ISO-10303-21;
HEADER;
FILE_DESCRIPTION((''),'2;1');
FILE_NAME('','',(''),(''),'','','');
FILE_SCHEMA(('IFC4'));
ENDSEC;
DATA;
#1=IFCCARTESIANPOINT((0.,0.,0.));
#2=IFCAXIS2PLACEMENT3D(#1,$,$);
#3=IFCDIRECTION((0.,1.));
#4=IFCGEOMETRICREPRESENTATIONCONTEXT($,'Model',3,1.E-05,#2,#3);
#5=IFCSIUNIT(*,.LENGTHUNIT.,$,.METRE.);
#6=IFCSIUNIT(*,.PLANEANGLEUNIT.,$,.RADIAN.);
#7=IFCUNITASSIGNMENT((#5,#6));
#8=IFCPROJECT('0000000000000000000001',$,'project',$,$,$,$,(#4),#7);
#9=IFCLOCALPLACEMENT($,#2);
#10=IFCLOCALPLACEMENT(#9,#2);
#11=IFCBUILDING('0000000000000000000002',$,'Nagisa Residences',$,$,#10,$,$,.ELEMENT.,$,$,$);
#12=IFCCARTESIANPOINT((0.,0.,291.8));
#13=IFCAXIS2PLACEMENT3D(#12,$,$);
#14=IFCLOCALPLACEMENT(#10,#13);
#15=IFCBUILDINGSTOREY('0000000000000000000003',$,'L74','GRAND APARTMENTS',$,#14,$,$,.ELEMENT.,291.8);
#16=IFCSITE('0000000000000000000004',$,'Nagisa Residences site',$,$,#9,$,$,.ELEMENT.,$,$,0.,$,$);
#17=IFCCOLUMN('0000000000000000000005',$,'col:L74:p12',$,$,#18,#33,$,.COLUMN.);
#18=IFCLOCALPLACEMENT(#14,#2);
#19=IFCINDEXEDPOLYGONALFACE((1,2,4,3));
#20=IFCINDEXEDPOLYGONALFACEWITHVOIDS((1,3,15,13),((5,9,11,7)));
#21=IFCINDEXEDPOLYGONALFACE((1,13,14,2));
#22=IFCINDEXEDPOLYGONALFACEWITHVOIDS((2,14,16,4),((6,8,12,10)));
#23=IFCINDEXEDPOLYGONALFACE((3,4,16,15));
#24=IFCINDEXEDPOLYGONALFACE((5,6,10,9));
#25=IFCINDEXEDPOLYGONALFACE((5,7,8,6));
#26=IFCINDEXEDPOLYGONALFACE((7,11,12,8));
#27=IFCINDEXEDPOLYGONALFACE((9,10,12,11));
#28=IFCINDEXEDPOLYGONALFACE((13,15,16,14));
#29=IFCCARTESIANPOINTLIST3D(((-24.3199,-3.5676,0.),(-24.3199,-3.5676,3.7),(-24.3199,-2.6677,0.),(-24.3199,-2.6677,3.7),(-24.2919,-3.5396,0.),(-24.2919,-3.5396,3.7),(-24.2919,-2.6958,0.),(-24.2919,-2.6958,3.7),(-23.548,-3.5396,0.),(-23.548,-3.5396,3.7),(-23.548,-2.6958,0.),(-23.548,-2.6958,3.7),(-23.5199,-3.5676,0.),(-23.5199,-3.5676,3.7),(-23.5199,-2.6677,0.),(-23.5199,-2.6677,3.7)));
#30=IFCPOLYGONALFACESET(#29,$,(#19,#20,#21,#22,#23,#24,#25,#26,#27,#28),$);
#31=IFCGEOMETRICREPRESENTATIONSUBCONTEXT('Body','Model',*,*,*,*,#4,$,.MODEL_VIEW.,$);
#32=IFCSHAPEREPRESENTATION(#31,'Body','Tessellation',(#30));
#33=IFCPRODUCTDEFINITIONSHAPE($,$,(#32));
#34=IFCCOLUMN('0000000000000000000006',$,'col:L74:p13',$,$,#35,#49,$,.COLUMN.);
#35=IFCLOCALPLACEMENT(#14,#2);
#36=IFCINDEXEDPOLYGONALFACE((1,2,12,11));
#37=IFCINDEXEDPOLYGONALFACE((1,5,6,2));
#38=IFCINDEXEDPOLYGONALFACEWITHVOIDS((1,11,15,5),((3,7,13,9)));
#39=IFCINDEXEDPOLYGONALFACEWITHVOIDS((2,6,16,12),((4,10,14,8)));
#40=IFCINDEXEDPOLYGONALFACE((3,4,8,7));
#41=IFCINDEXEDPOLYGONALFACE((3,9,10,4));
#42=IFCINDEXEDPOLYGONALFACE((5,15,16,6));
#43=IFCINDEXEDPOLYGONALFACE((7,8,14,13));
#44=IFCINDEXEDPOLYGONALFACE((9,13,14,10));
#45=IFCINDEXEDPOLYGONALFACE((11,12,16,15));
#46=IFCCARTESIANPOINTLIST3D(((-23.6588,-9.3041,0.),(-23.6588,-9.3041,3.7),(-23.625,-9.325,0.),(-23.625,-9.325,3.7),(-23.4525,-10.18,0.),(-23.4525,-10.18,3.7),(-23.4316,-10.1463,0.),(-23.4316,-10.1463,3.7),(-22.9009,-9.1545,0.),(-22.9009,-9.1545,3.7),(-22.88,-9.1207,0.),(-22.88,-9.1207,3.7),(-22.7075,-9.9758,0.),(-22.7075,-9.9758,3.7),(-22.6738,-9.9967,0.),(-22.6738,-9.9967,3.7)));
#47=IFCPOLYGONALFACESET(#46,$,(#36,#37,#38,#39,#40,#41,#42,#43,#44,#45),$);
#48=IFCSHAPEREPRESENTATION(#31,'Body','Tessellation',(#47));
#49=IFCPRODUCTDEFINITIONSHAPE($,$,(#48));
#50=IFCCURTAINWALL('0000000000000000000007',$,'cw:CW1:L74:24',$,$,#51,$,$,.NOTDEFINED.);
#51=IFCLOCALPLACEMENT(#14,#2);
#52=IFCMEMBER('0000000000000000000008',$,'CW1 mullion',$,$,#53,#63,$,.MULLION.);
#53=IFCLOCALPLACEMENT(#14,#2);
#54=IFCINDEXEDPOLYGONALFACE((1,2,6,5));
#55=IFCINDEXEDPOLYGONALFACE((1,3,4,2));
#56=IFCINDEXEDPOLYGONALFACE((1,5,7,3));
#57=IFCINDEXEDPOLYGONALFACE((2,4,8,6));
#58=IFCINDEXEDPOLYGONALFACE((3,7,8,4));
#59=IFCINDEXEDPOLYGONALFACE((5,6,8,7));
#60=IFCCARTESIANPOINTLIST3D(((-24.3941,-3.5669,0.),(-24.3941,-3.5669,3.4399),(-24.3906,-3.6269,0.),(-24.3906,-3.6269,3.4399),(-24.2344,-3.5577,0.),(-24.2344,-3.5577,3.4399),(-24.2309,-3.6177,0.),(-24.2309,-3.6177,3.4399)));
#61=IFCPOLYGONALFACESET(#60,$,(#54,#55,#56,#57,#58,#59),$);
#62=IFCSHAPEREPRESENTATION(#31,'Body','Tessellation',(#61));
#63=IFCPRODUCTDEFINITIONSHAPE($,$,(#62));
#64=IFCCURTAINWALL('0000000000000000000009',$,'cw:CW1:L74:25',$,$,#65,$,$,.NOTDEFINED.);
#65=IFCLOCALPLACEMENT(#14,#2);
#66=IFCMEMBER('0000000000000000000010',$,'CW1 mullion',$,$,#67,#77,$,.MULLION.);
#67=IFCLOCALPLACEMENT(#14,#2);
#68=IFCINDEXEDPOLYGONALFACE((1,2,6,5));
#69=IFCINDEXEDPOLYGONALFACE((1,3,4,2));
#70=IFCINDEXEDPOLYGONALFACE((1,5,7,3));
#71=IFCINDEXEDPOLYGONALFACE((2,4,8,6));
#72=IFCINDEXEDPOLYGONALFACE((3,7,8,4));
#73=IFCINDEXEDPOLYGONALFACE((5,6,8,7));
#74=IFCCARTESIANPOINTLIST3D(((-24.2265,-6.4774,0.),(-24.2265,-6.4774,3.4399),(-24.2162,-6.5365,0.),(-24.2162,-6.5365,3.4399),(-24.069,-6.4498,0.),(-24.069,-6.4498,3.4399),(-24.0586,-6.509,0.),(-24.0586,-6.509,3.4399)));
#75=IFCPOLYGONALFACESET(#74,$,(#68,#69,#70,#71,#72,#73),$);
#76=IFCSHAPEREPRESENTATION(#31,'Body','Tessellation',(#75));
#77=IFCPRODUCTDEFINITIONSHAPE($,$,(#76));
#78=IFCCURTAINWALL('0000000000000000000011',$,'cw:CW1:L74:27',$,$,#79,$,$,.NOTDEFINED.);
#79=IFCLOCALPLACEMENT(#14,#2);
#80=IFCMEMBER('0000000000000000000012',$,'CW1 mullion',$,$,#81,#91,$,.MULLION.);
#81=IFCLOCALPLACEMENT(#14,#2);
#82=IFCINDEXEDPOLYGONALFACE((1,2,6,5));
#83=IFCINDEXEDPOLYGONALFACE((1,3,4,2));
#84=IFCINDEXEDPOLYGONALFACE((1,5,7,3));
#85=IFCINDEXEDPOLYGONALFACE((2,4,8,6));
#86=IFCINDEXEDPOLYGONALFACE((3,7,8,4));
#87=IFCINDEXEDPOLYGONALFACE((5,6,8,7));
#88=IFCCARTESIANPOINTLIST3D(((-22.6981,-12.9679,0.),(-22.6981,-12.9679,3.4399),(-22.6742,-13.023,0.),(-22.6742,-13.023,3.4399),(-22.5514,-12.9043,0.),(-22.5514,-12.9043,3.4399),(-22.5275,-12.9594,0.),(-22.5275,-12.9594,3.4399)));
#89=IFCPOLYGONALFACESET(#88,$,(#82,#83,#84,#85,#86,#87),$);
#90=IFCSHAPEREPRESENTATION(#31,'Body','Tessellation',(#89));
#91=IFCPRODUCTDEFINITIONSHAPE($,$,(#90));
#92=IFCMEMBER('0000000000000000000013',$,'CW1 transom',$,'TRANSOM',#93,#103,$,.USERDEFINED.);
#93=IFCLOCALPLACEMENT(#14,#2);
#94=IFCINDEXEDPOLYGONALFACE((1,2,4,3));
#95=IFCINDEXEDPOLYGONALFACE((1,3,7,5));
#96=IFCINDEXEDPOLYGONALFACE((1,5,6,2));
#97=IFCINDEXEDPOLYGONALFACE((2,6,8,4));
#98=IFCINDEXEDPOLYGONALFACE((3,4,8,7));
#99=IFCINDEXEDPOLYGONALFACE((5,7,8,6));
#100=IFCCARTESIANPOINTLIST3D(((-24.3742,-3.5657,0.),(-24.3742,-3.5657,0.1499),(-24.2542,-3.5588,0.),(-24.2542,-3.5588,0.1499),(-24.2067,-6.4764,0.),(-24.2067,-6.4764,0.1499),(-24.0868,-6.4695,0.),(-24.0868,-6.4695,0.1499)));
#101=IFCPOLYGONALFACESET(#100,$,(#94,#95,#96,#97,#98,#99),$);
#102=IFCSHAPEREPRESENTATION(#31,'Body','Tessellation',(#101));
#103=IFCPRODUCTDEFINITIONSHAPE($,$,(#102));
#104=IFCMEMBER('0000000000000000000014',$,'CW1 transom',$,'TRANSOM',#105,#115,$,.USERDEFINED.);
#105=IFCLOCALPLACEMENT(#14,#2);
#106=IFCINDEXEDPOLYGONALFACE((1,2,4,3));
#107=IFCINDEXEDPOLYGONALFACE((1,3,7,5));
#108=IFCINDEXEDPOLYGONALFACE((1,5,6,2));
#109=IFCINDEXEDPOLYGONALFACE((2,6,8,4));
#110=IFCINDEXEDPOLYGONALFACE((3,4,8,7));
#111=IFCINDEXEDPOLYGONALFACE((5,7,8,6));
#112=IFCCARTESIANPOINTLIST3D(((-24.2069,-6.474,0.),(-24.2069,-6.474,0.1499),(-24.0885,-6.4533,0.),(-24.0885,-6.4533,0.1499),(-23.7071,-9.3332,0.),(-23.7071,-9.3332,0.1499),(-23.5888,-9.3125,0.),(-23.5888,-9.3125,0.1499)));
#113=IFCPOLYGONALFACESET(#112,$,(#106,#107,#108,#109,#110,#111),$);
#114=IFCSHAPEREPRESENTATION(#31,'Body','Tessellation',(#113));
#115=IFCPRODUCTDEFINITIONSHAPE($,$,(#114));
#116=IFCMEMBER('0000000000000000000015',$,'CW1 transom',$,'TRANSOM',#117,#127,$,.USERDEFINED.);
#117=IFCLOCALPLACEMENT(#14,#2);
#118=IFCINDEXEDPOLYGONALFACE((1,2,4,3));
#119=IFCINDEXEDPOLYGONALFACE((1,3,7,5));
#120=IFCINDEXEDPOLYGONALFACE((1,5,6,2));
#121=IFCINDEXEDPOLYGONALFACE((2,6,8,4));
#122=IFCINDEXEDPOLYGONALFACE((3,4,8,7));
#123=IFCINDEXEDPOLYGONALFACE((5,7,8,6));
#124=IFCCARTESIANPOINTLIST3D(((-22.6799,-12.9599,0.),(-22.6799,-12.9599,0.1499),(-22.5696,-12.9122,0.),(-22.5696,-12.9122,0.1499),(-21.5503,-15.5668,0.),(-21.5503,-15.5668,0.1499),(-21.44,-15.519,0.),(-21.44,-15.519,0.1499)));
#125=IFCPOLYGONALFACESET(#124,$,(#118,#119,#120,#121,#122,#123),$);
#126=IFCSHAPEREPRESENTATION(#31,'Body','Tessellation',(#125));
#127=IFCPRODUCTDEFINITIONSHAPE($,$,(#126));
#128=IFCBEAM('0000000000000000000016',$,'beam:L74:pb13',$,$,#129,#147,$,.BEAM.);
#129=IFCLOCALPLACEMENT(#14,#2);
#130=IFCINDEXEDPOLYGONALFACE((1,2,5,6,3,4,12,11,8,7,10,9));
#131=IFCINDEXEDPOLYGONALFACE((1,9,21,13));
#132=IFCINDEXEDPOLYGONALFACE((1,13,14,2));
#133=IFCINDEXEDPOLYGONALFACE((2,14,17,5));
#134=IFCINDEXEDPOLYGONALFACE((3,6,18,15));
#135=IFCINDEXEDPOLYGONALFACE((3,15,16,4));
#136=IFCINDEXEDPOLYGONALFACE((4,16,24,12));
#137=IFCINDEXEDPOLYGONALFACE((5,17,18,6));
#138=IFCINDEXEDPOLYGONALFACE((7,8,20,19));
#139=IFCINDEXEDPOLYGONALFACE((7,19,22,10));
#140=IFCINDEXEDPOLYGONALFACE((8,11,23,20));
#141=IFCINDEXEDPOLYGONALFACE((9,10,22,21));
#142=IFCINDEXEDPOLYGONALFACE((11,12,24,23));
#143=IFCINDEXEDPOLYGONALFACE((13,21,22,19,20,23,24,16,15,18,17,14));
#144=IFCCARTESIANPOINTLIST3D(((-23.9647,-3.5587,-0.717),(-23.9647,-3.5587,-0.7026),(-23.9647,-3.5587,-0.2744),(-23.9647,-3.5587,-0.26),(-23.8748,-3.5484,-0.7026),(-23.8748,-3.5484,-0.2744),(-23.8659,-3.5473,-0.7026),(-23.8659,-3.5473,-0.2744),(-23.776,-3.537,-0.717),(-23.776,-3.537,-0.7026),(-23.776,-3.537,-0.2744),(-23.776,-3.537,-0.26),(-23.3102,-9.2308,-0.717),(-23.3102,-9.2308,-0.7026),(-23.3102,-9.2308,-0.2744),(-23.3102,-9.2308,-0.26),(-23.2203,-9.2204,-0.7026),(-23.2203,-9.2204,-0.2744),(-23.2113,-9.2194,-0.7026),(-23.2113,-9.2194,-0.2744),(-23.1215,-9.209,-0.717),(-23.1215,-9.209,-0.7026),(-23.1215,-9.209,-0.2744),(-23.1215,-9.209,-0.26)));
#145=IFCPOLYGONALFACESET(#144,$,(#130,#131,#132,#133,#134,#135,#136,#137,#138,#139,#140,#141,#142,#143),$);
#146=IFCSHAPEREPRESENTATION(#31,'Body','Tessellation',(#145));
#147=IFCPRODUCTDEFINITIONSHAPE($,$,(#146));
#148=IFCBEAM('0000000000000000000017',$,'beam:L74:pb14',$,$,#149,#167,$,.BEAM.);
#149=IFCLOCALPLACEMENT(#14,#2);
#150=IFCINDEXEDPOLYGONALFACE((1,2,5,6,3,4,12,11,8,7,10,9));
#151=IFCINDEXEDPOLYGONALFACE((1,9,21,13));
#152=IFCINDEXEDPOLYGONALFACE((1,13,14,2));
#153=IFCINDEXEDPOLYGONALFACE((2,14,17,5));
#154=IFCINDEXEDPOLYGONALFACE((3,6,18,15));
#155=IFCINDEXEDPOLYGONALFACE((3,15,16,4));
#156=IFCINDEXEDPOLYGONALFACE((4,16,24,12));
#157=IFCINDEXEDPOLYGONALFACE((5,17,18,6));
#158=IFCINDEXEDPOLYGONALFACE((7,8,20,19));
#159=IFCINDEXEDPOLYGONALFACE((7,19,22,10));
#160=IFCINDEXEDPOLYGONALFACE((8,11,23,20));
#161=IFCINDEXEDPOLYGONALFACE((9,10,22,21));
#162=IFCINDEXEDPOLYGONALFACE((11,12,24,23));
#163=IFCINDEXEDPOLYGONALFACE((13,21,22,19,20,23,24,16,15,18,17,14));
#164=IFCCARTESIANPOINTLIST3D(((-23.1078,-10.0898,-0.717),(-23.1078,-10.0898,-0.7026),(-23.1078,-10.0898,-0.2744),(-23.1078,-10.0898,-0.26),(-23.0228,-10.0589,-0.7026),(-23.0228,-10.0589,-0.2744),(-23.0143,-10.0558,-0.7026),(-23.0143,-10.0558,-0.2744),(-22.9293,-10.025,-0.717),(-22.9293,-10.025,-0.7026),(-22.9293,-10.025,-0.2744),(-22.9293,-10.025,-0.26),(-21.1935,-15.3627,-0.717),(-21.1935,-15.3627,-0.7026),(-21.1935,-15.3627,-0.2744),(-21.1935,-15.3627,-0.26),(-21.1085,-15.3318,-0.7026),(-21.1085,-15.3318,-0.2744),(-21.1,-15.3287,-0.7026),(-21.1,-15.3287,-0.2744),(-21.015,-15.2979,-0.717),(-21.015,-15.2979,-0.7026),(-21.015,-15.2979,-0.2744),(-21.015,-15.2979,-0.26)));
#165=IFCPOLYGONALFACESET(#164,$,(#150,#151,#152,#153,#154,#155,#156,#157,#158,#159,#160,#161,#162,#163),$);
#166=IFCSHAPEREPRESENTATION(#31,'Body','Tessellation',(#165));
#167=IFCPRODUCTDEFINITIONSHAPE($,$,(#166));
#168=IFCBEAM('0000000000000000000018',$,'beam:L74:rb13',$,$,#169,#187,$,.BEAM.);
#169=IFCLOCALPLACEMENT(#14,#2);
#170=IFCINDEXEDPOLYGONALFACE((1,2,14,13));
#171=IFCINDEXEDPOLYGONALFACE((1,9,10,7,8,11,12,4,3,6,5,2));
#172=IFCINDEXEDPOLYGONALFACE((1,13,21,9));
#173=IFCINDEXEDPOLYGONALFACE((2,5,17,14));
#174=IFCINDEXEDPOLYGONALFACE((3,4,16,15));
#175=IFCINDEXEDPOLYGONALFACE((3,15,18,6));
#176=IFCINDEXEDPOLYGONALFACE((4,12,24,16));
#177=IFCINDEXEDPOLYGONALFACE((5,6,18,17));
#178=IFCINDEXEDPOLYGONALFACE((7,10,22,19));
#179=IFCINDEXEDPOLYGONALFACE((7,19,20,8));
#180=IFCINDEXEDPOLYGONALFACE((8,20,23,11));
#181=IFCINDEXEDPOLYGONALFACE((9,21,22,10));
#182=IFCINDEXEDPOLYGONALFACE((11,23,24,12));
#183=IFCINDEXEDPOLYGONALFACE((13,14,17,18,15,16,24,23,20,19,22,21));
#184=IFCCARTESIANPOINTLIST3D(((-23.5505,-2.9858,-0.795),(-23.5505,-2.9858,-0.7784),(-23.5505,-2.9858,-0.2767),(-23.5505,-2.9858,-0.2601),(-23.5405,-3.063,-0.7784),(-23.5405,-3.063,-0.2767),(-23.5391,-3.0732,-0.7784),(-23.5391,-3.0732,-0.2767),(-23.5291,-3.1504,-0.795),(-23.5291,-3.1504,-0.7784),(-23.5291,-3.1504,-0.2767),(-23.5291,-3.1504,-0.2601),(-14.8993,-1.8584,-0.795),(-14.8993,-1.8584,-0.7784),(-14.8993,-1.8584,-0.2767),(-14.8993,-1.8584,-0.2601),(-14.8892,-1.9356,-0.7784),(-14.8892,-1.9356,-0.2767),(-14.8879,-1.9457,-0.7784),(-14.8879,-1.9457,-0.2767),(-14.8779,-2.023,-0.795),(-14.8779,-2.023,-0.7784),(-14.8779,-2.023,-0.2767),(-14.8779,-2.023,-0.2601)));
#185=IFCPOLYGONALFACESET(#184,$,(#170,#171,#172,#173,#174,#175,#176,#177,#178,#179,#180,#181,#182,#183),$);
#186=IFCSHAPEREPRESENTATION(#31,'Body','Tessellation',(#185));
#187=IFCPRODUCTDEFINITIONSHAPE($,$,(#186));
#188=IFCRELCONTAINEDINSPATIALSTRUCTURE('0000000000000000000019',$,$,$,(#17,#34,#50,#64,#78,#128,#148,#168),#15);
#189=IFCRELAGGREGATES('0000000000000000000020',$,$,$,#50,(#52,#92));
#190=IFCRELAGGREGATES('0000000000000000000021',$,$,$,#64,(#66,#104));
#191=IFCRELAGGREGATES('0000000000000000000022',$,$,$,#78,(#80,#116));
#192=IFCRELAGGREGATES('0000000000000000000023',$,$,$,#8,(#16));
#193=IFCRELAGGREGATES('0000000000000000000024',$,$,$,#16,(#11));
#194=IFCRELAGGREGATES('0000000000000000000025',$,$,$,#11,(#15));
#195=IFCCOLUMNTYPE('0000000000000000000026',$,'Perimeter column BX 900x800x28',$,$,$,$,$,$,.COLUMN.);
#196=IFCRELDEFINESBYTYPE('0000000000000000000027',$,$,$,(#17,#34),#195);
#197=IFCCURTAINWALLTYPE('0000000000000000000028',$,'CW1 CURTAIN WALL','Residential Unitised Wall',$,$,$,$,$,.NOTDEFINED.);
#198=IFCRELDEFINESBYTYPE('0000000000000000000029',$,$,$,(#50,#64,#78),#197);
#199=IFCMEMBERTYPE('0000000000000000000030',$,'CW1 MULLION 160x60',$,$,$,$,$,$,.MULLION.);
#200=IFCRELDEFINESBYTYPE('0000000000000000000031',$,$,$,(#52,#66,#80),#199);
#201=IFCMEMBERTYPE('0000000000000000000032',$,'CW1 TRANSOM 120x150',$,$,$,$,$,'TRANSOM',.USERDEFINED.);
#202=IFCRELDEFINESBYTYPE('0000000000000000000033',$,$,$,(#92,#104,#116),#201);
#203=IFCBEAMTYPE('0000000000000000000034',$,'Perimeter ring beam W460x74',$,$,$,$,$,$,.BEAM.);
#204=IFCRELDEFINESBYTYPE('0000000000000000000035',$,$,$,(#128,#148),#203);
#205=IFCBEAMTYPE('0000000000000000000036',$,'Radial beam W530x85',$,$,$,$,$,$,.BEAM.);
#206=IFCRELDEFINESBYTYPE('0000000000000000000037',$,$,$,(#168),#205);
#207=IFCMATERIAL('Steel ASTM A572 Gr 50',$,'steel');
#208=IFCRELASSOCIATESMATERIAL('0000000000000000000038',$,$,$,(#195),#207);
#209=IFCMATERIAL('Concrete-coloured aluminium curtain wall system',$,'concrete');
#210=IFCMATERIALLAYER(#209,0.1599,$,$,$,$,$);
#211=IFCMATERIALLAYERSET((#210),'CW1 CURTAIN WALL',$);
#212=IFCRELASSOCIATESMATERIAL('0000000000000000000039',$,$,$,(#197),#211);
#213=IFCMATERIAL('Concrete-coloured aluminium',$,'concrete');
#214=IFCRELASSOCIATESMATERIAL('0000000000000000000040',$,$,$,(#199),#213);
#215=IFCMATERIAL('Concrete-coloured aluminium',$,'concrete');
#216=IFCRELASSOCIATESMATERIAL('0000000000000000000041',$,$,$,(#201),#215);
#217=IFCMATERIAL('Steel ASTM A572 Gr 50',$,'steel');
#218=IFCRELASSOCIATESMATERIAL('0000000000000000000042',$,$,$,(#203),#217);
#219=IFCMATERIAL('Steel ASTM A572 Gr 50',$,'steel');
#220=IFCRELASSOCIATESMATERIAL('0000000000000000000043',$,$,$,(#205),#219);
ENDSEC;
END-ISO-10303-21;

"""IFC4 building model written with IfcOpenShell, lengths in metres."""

from ifc_helpers import new_model, si_unit, direction, frame, origin, origin_2d, place, context, subcontext, project, spatial, rectangle, hollow_rectangle, i_section, extrude, material, layer, layer_set, material_profile, profile_set, type_object, element, aggregate, save


model = new_model("IFC4")

# Units and contexts
model_context = context("Model", 3, precision=1e-05, world=origin(), true_north=direction((0.0, 1.0)))
body_context = subcontext(model_context, "Body", "Model", "MODEL_VIEW")
ifc_project = project(units=[si_unit("LENGTHUNIT", "METRE"), si_unit("PLANEANGLEUNIT", "RADIAN")], contexts=[model_context])

# Site, building, storey
site_placement = place(None, origin())
site = spatial("IfcSite", under=ifc_project, at=site_placement, Name="Nagisa Residences site", CompositionType="ELEMENT", RefElevation=0.0)
building_placement = place(site_placement, origin())
building = spatial("IfcBuilding", under=site, at=building_placement, Name="Nagisa Residences", CompositionType="ELEMENT")
storey_placement = place(building_placement, frame((0.0, 0.0, 291.8)))
storey = spatial("IfcBuildingStorey", under=building, at=storey_placement, Name="L74", Description="GRAND APARTMENTS", CompositionType="ELEMENT", Elevation=291.8)

# Columns
ifc_material_1 = material(Name="Steel ASTM A572 Gr 50", Category="steel")
ifc_material_profile_1 = material_profile(ifc_material_1, hollow_rectangle(XDim=0.8999, YDim=0.8, WallThickness=0.0281, at=origin_2d()), Name="BX 900x800x28")
ifc_profile_set_1 = profile_set([ifc_material_profile_1], Name="Steel ASTM A572 Gr 50")
column_type = type_object("IfcColumnType", Name="Perimeter column BX 900x800x28", PredefinedType="COLUMN", material=ifc_profile_set_1)
for number, where, z_axis, x_axis, name in (
    (1, (-23.9199, -3.1177, 0.0), (0.0, 0.0, 1.0), (0.0, -1.0, 0.0), "col:L74:p12"),
    (2, (-23.1663, -9.6504, 0.0), (0.0, 0.0, 1.0), (0.229202, -0.973379, 0.0), "col:L74:p13"),
):
    element("IfcColumn", number, at=place(storey_placement, frame(where, z_axis=z_axis, x_axis=x_axis)), inside=storey, type_object=column_type, Name=name, PredefinedType="COLUMN", context=body_context, shape_type="SweptSolid", body=[
        extrude(hollow_rectangle(XDim=0.8999, YDim=0.8, WallThickness=0.0281, at=origin_2d()), origin(), (0.0, 0.0, 1.0), 3.7),
    ])

# Curtain walls, members
ifc_material_2 = material(Name="Concrete-coloured aluminium curtain wall system", Category="concrete")
ifc_layer_1 = layer(ifc_material_2, 0.1599)
ifc_layer_set_1 = layer_set([ifc_layer_1], Name="CW1 CURTAIN WALL")
curtain_wall_type = type_object("IfcCurtainWallType", Name="CW1 CURTAIN WALL", Description="Residential Unitised Wall", PredefinedType="NOTDEFINED", material=ifc_layer_set_1)
curtain_wall_1_placement = place(storey_placement, origin())
curtain_wall_1 = element("IfcCurtainWall", 3, at=curtain_wall_1_placement, inside=storey, type_object=curtain_wall_type, Name="cw:CW1:L74:24", PredefinedType="NOTDEFINED")
ifc_material_3 = material(Name="Concrete-coloured aluminium", Category="concrete")
ifc_material_profile_2 = material_profile(ifc_material_3, rectangle(XDim=0.1599, YDim=0.0601, at=origin_2d()), Name="CW1 MULLION 160x60")
ifc_profile_set_2 = profile_set([ifc_material_profile_2], Name="Concrete-coloured aluminium")
member_type_1 = type_object("IfcMemberType", Name="CW1 MULLION 160x60", PredefinedType="MULLION", material=ifc_profile_set_2)
member_1_placement = place(storey_placement, frame((-24.3125, -3.5923, 0.0), z_axis=(0.0, 0.0, 1.0), x_axis=(0.998345, 0.057503, 0.0)))
member_1 = element("IfcMember", 4, at=member_1_placement, type_object=member_type_1, Name="CW1 mullion", PredefinedType="MULLION", context=body_context, shape_type="SweptSolid", body=[
    extrude(rectangle(XDim=0.1599, YDim=0.0601, at=origin_2d()), origin(), (0.0, 0.0, 1.0), 3.4399),
])
curtain_wall_2_placement = place(storey_placement, origin())
curtain_wall_2 = element("IfcCurtainWall", 5, at=curtain_wall_2_placement, inside=storey, type_object=curtain_wall_type, Name="cw:CW1:L74:25", PredefinedType="NOTDEFINED")
member_2_placement = place(storey_placement, frame((-24.1426, -6.4932, 0.0), z_axis=(0.0, 0.0, 1.0), x_axis=(0.985064, 0.172191, 0.0)))
member_2 = element("IfcMember", 6, at=member_2_placement, type_object=member_type_1, Name="CW1 mullion", PredefinedType="MULLION", context=body_context, shape_type="SweptSolid", body=[
    extrude(rectangle(XDim=0.1599, YDim=0.0601, at=origin_2d()), origin(), (0.0, 0.0, 1.0), 3.4399),
])
curtain_wall_3_placement = place(storey_placement, origin())
curtain_wall_3 = element("IfcCurtainWall", 7, at=curtain_wall_3_placement, inside=storey, type_object=curtain_wall_type, Name="cw:CW1:L74:27", PredefinedType="NOTDEFINED")
member_3_placement = place(storey_placement, frame((-22.6128, -12.9636, 0.0), z_axis=(0.0, 0.0, 1.0), x_axis=(0.917543, 0.397636, 0.0)))
member_3 = element("IfcMember", 8, at=member_3_placement, type_object=member_type_1, Name="CW1 mullion", PredefinedType="MULLION", context=body_context, shape_type="SweptSolid", body=[
    extrude(rectangle(XDim=0.1599, YDim=0.0601, at=origin_2d()), origin(), (0.0, 0.0, 1.0), 3.4399),
])

# Members
ifc_material_4 = material(Name="Concrete-coloured aluminium", Category="concrete")
ifc_material_profile_3 = material_profile(ifc_material_4, rectangle(XDim=0.1201, YDim=0.1499, at=origin_2d()), Name="CW1 TRANSOM 120x150")
ifc_profile_set_3 = profile_set([ifc_material_profile_3], Name="Concrete-coloured aluminium")
member_type_2 = type_object("IfcMemberType", Name="CW1 TRANSOM 120x150", ElementType="TRANSOM", PredefinedType="USERDEFINED", material=ifc_profile_set_3)
member_4_placement = place(storey_placement, frame((-24.3142, -3.5623, 0.075), z_axis=(0.057446, -0.998349, 0.0), x_axis=(0.998349, 0.057446, 0.0)))
member_4 = element("IfcMember", 9, at=member_4_placement, type_object=member_type_2, Name="CW1 transom", ObjectType="TRANSOM", PredefinedType="USERDEFINED", context=body_context, shape_type="SweptSolid", body=[
    extrude(rectangle(XDim=0.1201, YDim=0.1499, at=origin_2d()), origin(), (0.0, 0.0, 1.0), 2.9155),
])
member_5_placement = place(storey_placement, frame((-24.1477, -6.4636, 0.075), z_axis=(0.172182, -0.985065, 0.0), x_axis=(0.985065, 0.172182, 0.0)))
member_5 = element("IfcMember", 10, at=member_5_placement, type_object=member_type_2, Name="CW1 transom", ObjectType="TRANSOM", PredefinedType="USERDEFINED", context=body_context, shape_type="SweptSolid", body=[
    extrude(rectangle(XDim=0.1201, YDim=0.1499, at=origin_2d()), origin(), (0.0, 0.0, 1.0), 2.9026),
])
member_6_placement = place(storey_placement, frame((-22.6248, -12.936, 0.075), z_axis=(0.397598, -0.91756, 0.0), x_axis=(0.91756, 0.397598, 0.0)))
member_6 = element("IfcMember", 11, at=member_6_placement, type_object=member_type_2, Name="CW1 transom", ObjectType="TRANSOM", PredefinedType="USERDEFINED", context=body_context, shape_type="SweptSolid", body=[
    extrude(rectangle(XDim=0.1201, YDim=0.1499, at=origin_2d()), origin(), (0.0, 0.0, 1.0), 2.8411),
])

# Beams
ifc_material_5 = material(Name="Steel ASTM A572 Gr 50", Category="steel")
ifc_material_profile_4 = material_profile(ifc_material_5, i_section(OverallWidth=0.1899, OverallDepth=0.457, WebThickness=0.009, FlangeThickness=0.0144, at=origin_2d()), Name="W460x74")
ifc_profile_set_4 = profile_set([ifc_material_profile_4], Name="Steel ASTM A572 Gr 50")
beam_type_1 = type_object("IfcBeamType", Name="Perimeter ring beam W460x74", PredefinedType="BEAM", material=ifc_profile_set_4)
beam_1_placement = place(storey_placement, frame((-23.8704, -3.5479, -0.4885), z_axis=(0.114635, -0.993408, 0.0), x_axis=(0.993408, 0.114635, 0.0)))
element("IfcBeam", 12, at=beam_1_placement, inside=storey, type_object=beam_type_1, Name="beam:L74:pb13", PredefinedType="BEAM", context=body_context, shape_type="SweptSolid", body=[
    extrude(i_section(OverallWidth=0.1899, OverallDepth=0.457, WebThickness=0.009, FlangeThickness=0.0144, at=origin_2d()), origin(), (0.0, 0.0, 1.0), 5.7097),
])
beam_2_placement = place(storey_placement, frame((-23.0186, -10.0574, -0.4885), z_axis=(0.34125, -0.939972, 0.0), x_axis=(0.939972, 0.34125, 0.0)))
element("IfcBeam", 13, at=beam_2_placement, inside=storey, type_object=beam_type_1, Name="beam:L74:pb14", PredefinedType="BEAM", context=body_context, shape_type="SweptSolid", body=[
    extrude(i_section(OverallWidth=0.1899, OverallDepth=0.457, WebThickness=0.009, FlangeThickness=0.0144, at=origin_2d()), origin(), (0.0, 0.0, 1.0), 5.6096),
])
ifc_material_6 = material(Name="Steel ASTM A572 Gr 50", Category="steel")
ifc_material_profile_5 = material_profile(ifc_material_6, i_section(OverallWidth=0.166, OverallDepth=0.5349, WebThickness=0.0103, FlangeThickness=0.0166, at=origin_2d()), Name="W530x85")
ifc_profile_set_5 = profile_set([ifc_material_profile_5], Name="Steel ASTM A572 Gr 50")
beam_type_2 = type_object("IfcBeamType", Name="Radial beam W530x85", PredefinedType="BEAM", material=ifc_profile_set_5)
beam_3_placement = place(storey_placement, frame((-23.5398, -3.0681, -0.5276), z_axis=(0.991615, 0.12923, 0.0), x_axis=(-0.12923, 0.991615, 0.0)))
element("IfcBeam", 14, at=beam_3_placement, inside=storey, type_object=beam_type_2, Name="beam:L74:rb13", PredefinedType="BEAM", context=body_context, shape_type="SweptSolid", body=[
    extrude(i_section(OverallWidth=0.166, OverallDepth=0.5349, WebThickness=0.0103, FlangeThickness=0.0166, at=origin_2d()), origin(), (0.0, 0.0, 1.0), 8.7244),
])

aggregate(curtain_wall_1, [member_1, member_4])
aggregate(curtain_wall_2, [member_2, member_5])
aggregate(curtain_wall_3, [member_3, member_6])

save(model, "model.ifc")
